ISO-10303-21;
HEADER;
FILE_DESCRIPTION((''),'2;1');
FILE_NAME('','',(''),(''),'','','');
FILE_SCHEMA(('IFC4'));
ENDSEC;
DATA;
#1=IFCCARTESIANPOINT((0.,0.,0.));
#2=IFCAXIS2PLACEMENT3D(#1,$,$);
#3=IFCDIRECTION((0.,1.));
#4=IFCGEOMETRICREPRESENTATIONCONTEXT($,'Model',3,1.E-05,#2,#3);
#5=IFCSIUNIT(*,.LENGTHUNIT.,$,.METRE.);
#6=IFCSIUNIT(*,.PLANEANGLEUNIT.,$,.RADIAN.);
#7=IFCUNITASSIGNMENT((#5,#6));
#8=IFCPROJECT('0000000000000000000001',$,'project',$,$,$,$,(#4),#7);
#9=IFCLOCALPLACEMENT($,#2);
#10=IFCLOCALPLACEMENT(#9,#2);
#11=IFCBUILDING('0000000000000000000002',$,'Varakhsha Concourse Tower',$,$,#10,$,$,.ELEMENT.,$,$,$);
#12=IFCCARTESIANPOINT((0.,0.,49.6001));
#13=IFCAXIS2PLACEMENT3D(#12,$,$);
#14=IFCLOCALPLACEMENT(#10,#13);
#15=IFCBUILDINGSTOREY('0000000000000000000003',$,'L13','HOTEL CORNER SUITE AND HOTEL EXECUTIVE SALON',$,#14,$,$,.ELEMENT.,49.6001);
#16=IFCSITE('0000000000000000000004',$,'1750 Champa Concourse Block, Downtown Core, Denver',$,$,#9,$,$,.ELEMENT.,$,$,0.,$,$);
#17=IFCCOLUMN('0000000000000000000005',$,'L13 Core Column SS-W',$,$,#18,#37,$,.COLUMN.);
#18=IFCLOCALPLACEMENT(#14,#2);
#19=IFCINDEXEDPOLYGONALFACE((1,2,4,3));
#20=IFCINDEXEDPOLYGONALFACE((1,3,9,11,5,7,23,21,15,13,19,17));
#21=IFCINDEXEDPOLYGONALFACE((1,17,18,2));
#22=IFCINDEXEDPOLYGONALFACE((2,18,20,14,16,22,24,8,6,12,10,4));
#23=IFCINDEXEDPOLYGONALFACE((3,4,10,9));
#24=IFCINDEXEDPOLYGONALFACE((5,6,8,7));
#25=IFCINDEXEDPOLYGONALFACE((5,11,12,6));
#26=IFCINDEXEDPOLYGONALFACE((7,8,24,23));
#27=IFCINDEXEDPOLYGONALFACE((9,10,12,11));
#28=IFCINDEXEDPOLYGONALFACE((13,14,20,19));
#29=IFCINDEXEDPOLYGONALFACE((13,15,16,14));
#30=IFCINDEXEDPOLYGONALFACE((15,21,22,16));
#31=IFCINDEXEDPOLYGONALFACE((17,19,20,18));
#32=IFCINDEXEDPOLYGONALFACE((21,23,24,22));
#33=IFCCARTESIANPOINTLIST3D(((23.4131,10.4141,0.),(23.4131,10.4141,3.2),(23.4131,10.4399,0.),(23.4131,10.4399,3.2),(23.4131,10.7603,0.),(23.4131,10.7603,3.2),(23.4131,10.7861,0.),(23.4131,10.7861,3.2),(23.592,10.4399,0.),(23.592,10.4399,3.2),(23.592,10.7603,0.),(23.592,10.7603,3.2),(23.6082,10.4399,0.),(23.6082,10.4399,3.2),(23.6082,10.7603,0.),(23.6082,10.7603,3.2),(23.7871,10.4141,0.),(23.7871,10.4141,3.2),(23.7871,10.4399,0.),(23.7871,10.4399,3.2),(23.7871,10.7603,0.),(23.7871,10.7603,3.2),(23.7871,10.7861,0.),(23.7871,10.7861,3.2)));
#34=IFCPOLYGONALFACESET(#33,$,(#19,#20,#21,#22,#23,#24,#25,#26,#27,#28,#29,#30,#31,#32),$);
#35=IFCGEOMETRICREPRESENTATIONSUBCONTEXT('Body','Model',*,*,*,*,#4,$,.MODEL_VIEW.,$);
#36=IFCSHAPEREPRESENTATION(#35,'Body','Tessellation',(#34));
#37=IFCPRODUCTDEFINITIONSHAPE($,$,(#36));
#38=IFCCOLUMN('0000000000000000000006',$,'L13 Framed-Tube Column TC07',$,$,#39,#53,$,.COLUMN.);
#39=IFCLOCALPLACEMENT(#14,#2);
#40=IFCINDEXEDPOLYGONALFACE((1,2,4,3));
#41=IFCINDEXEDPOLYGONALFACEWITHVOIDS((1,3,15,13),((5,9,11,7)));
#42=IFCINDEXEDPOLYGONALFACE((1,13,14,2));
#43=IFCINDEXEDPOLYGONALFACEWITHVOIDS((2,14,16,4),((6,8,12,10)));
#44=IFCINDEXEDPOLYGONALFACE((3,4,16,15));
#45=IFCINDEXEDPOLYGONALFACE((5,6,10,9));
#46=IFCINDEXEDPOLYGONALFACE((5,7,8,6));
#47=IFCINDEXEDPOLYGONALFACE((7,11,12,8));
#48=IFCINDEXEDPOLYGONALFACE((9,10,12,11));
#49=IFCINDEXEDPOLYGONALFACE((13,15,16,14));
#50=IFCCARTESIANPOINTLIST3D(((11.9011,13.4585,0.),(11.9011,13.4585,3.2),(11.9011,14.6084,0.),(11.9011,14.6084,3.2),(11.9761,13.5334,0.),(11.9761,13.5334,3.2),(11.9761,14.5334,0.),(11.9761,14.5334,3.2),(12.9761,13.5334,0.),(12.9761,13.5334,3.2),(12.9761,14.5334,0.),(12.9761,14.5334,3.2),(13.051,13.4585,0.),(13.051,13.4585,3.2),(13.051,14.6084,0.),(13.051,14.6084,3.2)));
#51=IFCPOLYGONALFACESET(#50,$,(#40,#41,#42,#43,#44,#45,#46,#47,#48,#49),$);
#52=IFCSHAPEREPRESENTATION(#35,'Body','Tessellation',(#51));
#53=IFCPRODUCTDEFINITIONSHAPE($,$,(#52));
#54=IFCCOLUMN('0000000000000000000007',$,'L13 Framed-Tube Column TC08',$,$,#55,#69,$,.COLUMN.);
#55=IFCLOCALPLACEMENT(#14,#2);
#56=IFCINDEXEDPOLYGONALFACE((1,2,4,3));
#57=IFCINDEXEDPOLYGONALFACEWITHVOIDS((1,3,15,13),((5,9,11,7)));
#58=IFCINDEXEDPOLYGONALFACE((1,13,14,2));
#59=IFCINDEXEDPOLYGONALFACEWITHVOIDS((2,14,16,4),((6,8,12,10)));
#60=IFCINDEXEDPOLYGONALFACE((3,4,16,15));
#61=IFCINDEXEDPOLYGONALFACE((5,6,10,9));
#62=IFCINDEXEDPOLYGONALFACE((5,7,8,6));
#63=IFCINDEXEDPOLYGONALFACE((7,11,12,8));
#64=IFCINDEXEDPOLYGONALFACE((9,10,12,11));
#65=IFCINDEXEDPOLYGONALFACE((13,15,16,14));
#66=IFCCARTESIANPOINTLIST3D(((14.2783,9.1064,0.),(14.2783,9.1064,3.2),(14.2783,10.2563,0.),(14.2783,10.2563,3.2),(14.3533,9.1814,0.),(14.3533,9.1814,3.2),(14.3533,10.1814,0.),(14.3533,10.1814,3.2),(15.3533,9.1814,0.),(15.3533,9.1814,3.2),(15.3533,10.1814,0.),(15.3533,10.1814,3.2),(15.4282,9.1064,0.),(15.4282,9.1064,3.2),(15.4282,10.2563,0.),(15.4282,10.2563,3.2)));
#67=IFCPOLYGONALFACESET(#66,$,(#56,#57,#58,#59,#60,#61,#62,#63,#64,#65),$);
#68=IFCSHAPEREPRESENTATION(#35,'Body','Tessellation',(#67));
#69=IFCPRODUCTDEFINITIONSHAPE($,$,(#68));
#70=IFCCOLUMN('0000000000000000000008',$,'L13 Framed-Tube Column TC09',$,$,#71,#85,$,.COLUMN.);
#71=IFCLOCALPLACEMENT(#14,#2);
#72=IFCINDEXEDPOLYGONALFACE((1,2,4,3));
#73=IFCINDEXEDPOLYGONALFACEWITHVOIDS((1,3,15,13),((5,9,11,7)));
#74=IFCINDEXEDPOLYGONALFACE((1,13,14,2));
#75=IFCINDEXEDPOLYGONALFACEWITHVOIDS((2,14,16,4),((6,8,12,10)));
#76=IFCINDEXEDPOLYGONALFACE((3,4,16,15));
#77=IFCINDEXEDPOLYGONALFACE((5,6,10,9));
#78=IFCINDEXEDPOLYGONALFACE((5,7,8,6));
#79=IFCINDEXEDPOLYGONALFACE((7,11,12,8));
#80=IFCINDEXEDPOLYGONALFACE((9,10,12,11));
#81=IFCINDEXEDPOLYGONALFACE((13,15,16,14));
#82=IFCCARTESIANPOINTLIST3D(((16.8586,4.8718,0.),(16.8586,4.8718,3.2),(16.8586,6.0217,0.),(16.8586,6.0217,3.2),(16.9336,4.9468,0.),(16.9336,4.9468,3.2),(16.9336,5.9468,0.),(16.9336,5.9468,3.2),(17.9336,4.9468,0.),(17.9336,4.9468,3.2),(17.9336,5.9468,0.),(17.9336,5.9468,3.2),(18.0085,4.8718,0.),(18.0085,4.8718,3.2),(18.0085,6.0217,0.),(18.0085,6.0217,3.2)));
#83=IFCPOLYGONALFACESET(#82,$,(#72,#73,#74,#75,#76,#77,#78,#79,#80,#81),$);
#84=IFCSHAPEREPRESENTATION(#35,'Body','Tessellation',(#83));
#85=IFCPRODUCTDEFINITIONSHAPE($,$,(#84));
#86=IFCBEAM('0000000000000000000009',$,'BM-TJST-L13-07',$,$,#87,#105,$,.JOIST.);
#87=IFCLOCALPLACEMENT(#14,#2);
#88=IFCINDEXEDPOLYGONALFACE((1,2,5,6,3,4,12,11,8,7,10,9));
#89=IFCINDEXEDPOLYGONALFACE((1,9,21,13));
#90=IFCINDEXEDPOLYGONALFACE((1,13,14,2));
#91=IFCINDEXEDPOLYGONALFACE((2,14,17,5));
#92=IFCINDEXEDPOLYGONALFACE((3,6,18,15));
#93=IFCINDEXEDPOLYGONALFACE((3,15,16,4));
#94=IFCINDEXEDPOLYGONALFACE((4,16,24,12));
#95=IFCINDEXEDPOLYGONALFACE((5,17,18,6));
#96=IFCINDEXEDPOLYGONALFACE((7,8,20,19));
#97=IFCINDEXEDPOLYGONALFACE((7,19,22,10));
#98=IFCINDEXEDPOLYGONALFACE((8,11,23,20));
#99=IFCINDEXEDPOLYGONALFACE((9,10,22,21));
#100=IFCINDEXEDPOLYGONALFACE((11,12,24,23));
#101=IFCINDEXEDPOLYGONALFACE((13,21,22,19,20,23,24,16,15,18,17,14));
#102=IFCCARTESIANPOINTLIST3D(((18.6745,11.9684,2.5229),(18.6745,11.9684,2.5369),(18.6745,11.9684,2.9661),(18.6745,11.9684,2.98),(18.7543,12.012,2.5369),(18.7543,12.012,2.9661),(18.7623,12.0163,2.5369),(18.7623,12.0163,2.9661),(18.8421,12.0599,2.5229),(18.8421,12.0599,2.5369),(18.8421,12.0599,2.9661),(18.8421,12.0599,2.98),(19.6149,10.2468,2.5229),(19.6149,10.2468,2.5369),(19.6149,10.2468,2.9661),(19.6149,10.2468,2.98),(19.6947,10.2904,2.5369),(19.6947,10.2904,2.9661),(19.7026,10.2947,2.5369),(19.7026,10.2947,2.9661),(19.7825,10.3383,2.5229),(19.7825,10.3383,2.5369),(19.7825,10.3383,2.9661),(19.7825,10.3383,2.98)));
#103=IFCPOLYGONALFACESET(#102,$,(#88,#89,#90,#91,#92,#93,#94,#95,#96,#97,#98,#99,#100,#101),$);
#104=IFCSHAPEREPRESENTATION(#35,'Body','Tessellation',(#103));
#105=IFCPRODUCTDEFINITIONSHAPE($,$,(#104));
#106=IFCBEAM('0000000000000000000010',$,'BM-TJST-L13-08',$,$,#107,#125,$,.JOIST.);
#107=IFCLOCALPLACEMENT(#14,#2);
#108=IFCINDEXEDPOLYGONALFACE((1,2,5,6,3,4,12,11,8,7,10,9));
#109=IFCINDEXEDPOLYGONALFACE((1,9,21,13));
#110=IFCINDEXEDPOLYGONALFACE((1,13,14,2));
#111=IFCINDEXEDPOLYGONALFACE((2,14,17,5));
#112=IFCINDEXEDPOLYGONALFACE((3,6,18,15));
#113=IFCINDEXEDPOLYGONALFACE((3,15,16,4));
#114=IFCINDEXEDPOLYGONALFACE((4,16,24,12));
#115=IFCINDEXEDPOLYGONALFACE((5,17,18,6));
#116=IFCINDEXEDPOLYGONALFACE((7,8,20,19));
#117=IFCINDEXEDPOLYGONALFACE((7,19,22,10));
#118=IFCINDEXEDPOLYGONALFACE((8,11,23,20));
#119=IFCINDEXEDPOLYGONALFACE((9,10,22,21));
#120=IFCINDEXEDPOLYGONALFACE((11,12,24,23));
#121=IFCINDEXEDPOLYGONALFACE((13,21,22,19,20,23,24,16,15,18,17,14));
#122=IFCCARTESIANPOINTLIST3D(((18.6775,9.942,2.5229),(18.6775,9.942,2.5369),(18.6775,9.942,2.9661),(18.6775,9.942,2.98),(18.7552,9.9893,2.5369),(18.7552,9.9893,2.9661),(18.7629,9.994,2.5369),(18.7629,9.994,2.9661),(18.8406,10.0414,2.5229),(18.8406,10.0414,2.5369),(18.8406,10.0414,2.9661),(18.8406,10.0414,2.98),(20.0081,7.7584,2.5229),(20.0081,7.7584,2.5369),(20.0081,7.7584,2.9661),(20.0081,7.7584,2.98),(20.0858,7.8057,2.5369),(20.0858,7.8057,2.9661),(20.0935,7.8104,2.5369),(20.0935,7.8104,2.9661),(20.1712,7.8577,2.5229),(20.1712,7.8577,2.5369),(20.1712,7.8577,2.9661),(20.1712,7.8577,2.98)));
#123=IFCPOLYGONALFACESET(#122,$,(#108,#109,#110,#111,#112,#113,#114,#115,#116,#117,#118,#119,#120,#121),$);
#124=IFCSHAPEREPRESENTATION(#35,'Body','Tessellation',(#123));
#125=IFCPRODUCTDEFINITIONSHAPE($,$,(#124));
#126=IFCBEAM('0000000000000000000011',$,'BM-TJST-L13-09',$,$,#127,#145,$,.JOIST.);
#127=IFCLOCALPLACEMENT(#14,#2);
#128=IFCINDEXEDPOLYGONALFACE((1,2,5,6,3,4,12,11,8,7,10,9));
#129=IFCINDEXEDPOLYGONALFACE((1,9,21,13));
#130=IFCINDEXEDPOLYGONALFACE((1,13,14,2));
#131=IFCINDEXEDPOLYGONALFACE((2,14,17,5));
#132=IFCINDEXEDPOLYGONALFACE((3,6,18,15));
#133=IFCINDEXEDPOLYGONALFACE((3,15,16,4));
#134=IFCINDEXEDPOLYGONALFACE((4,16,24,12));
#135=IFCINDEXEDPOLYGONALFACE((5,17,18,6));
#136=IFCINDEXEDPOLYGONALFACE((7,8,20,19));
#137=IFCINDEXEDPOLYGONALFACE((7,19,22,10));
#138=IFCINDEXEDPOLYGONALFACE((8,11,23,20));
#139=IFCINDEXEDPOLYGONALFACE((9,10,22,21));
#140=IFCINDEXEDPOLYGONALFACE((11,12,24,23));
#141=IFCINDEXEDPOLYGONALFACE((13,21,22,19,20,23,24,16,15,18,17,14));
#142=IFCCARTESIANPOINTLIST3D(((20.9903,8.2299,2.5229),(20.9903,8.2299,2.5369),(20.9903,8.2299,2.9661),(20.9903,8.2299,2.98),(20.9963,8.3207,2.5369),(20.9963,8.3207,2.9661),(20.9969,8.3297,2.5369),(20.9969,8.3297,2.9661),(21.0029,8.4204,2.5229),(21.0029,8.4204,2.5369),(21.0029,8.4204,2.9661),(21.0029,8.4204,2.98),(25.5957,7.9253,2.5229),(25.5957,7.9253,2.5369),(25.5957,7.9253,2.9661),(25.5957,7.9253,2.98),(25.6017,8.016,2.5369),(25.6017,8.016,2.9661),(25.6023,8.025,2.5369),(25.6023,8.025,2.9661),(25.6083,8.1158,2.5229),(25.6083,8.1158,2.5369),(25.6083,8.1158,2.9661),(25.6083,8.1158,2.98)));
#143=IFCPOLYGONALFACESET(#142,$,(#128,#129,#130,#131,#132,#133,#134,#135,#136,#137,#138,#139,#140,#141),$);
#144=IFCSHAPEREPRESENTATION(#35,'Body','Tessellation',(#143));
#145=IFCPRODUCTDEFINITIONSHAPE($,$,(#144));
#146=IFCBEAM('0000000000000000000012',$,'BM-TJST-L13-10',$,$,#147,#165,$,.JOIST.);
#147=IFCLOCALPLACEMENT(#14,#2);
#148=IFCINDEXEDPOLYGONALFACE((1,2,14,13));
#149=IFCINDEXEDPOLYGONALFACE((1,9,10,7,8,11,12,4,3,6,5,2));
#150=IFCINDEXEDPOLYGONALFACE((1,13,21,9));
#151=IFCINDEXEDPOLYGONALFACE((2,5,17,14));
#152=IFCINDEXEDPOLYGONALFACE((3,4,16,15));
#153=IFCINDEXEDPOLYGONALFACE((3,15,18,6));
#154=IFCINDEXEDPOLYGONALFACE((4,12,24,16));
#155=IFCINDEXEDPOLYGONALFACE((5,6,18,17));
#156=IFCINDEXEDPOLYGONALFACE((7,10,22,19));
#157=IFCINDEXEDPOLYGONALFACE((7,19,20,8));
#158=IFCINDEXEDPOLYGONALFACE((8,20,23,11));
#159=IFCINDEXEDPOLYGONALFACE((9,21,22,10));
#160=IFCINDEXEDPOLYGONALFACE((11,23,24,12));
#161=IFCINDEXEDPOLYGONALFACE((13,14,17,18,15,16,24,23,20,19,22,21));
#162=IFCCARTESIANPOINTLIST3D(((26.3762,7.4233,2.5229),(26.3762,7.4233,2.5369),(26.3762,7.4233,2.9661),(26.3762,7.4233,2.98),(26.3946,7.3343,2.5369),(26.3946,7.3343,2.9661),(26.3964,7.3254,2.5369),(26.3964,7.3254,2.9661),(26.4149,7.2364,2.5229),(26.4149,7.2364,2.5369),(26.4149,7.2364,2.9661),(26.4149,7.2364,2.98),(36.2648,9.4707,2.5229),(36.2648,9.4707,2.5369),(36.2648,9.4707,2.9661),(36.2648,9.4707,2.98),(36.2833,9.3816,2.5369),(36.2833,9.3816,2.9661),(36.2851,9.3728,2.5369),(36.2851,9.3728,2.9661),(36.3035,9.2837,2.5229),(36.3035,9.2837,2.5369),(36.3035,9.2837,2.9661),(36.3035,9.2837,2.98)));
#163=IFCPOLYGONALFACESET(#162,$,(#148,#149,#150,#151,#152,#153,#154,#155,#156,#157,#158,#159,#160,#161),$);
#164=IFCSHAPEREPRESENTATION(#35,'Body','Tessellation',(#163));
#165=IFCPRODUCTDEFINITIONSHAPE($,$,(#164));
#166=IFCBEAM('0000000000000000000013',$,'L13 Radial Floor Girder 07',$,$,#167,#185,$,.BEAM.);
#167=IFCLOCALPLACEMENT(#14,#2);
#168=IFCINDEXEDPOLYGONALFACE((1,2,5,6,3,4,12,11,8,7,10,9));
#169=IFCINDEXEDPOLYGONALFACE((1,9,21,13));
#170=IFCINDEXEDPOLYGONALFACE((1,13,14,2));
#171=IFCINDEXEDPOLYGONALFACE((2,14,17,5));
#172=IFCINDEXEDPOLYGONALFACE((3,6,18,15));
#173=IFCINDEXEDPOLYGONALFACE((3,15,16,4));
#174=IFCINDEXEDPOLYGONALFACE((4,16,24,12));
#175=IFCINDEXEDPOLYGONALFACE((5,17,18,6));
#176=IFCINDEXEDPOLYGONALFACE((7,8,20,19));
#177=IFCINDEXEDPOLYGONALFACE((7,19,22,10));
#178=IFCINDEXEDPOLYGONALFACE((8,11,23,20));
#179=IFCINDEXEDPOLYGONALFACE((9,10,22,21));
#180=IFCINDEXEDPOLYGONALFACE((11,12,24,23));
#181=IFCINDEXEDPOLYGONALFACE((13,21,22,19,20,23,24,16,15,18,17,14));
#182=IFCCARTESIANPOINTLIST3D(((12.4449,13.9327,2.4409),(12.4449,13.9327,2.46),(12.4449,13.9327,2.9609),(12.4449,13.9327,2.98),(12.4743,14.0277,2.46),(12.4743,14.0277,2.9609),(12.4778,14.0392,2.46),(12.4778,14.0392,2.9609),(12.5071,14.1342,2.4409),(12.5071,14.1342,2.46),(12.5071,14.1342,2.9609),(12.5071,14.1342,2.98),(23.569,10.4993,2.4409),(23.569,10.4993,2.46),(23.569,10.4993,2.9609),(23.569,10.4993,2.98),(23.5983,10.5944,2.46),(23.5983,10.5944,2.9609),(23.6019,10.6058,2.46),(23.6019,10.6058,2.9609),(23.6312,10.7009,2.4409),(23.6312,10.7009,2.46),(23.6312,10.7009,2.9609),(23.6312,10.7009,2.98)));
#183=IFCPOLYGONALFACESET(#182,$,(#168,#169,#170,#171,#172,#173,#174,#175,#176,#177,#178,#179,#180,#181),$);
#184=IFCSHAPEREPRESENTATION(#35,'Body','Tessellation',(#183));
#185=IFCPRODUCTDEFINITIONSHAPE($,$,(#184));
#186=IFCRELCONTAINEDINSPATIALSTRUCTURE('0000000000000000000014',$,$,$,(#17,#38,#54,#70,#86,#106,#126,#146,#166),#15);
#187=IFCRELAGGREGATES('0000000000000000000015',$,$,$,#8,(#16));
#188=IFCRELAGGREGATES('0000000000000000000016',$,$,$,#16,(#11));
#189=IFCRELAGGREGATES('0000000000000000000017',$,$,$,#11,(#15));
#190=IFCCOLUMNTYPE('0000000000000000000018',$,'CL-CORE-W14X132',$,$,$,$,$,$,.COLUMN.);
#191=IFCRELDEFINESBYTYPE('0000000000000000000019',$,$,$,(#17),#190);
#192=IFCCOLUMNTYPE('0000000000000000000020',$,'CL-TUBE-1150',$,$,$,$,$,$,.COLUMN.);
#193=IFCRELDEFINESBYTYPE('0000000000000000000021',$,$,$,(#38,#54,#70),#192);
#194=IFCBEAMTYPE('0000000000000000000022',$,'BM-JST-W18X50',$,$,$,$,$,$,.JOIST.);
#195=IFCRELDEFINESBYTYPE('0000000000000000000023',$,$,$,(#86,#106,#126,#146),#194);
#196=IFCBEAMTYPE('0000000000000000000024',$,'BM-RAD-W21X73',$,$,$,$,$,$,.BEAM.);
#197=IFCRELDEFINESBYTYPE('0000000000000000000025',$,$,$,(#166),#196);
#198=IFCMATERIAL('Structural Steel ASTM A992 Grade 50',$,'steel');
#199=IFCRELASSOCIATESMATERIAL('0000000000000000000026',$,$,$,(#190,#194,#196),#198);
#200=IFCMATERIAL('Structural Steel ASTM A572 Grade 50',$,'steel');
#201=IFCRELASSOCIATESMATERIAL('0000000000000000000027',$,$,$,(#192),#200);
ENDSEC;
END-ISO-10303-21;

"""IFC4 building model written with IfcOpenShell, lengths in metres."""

from ifc_helpers import new_model, si_unit, direction, frame, origin, origin_2d, place, context, subcontext, project, spatial, hollow_rectangle, i_section, extrude, material, material_profile, profile_set, type_object, element, save


model = new_model("IFC4")

# Units and contexts
model_context = context("Model", 3, precision=1e-05, world=origin(), true_north=direction((0.0, 1.0)))
body_context = subcontext(model_context, "Body", "Model", "MODEL_VIEW")
ifc_project = project(units=[si_unit("LENGTHUNIT", "METRE"), si_unit("PLANEANGLEUNIT", "RADIAN")], contexts=[model_context])

# Site, building, storey
site_placement = place(None, origin())
site = spatial("IfcSite", under=ifc_project, at=site_placement, Name="1750 Champa Concourse Block, Downtown Core, Denver", CompositionType="ELEMENT", RefElevation=0.0)
building_placement = place(site_placement, origin())
building = spatial("IfcBuilding", under=site, at=building_placement, Name="Varakhsha Concourse Tower", CompositionType="ELEMENT")
storey_placement = place(building_placement, frame((0.0, 0.0, 49.6001)))
storey = spatial("IfcBuildingStorey", under=building, at=storey_placement, Name="L13", Description="HOTEL CORNER SUITE AND HOTEL EXECUTIVE SALON", CompositionType="ELEMENT", Elevation=49.6001)

# Columns
ifc_material_1 = material(Name="Structural Steel ASTM A992 Grade 50", Category="steel")
ifc_material_profile_1 = material_profile(ifc_material_1, i_section(OverallWidth=0.374, OverallDepth=0.3721, WebThickness=0.0161, FlangeThickness=0.0259, at=origin_2d()), Name="W14X132")
ifc_profile_set_1 = profile_set([ifc_material_profile_1], Name="Structural Steel ASTM A992 Grade 50")
column_type_1 = type_object("IfcColumnType", Name="CL-CORE-W14X132", PredefinedType="COLUMN", material=ifc_profile_set_1)
column_placement = place(storey_placement, frame((23.6001, 10.6001, 0.0), z_axis=(0.0, 0.0, 1.0), x_axis=(1.0, 0.0, 0.0)))
element("IfcColumn", 1, at=column_placement, inside=storey, type_object=column_type_1, Name="L13 Core Column SS-W", PredefinedType="COLUMN", context=body_context, shape_type="SweptSolid", body=[
    extrude(i_section(OverallWidth=0.374, OverallDepth=0.3721, WebThickness=0.0161, FlangeThickness=0.0259, at=origin_2d()), origin(), (0.0, 0.0, 1.0), 3.2),
])
ifc_material_2 = material(Name="Structural Steel ASTM A572 Grade 50", Category="steel")
ifc_material_profile_2 = material_profile(ifc_material_2, hollow_rectangle(XDim=1.1499, YDim=1.1499, WallThickness=0.075, at=origin_2d()), Name="BOX 1150x1150x75")
ifc_profile_set_2 = profile_set([ifc_material_profile_2], Name="Structural Steel ASTM A572 Grade 50")
column_type_2 = type_object("IfcColumnType", Name="CL-TUBE-1150", PredefinedType="COLUMN", material=ifc_profile_set_2)
for number, where, z_axis, x_axis, name in (
    (2, (12.4761, 14.0334, 0.0), (0.0, 0.0, 1.0), (1.0, 0.0, 0.0), "L13 Framed-Tube Column TC07"),
    (3, (14.8533, 9.6814, 0.0), (0.0, 0.0, 1.0), (1.0, 0.0, 0.0), "L13 Framed-Tube Column TC08"),
    (4, (17.4336, 5.4468, 0.0), (0.0, 0.0, 1.0), (1.0, 0.0, 0.0), "L13 Framed-Tube Column TC09"),
):
    element("IfcColumn", number, at=place(storey_placement, frame(where, z_axis=z_axis, x_axis=x_axis)), inside=storey, type_object=column_type_2, Name=name, PredefinedType="COLUMN", context=body_context, shape_type="SweptSolid", body=[
        extrude(hollow_rectangle(XDim=1.1499, YDim=1.1499, WallThickness=0.075, at=origin_2d()), origin(), (0.0, 0.0, 1.0), 3.2),
    ])

# Beams
ifc_material_profile_3 = material_profile(ifc_material_1, i_section(OverallWidth=0.1909, OverallDepth=0.457, WebThickness=0.009, FlangeThickness=0.0139, at=origin_2d()), Name="W18X50")
ifc_profile_set_3 = profile_set([ifc_material_profile_3], Name="Structural Steel ASTM A992 Grade 50")
beam_type_1 = type_object("IfcBeamType", Name="BM-JST-W18X50", PredefinedType="JOIST", material=ifc_profile_set_3)
beam_1_placement = place(storey_placement, frame((18.7583, 12.0142, 2.7515), z_axis=(0.479375, -0.87761, 0.0), x_axis=(0.87761, 0.479375, 0.0)))
element("IfcBeam", 5, at=beam_1_placement, inside=storey, type_object=beam_type_1, Name="BM-TJST-L13-07", PredefinedType="JOIST", context=body_context, shape_type="SweptSolid", body=[
    extrude(i_section(OverallWidth=0.1909, OverallDepth=0.457, WebThickness=0.009, FlangeThickness=0.0139, at=origin_2d()), origin(), (0.0, 0.0, 1.0), 1.9617),
])
beam_2_placement = place(storey_placement, frame((18.759, 9.9917, 2.7515), z_axis=(0.520353, -0.853951, 0.0), x_axis=(0.853951, 0.520353, 0.0)))
element("IfcBeam", 6, at=beam_2_placement, inside=storey, type_object=beam_type_1, Name="BM-TJST-L13-08", PredefinedType="JOIST", context=body_context, shape_type="SweptSolid", body=[
    extrude(i_section(OverallWidth=0.1909, OverallDepth=0.457, WebThickness=0.009, FlangeThickness=0.0139, at=origin_2d()), origin(), (0.0, 0.0, 1.0), 2.5571),
])
beam_3_placement = place(storey_placement, frame((20.9966, 8.3252, 2.7515), z_axis=(0.997819, -0.066013, 0.0), x_axis=(0.066013, 0.997819, 0.0)))
element("IfcBeam", 7, at=beam_3_placement, inside=storey, type_object=beam_type_1, Name="BM-TJST-L13-09", PredefinedType="JOIST", context=body_context, shape_type="SweptSolid", body=[
    extrude(i_section(OverallWidth=0.1909, OverallDepth=0.457, WebThickness=0.009, FlangeThickness=0.0139, at=origin_2d()), origin(), (0.0, 0.0, 1.0), 4.6155),
])
beam_4_placement = place(storey_placement, frame((26.3955, 7.3298, 2.7515), z_axis=(0.979232, 0.202742, 0.0), x_axis=(-0.202742, 0.979232, 0.0)))
element("IfcBeam", 8, at=beam_4_placement, inside=storey, type_object=beam_type_1, Name="BM-TJST-L13-10", PredefinedType="JOIST", context=body_context, shape_type="SweptSolid", body=[
    extrude(i_section(OverallWidth=0.1909, OverallDepth=0.457, WebThickness=0.009, FlangeThickness=0.0139, at=origin_2d()), origin(), (0.0, 0.0, 1.0), 10.0984),
])
ifc_material_profile_4 = material_profile(ifc_material_1, i_section(OverallWidth=0.2109, OverallDepth=0.5391, WebThickness=0.012, FlangeThickness=0.019, at=origin_2d()), Name="W21X73")
ifc_profile_set_4 = profile_set([ifc_material_profile_4], Name="Structural Steel ASTM A992 Grade 50")
beam_type_2 = type_object("IfcBeamType", Name="BM-RAD-W21X73", PredefinedType="BEAM", material=ifc_profile_set_4)
beam_5_placement = place(storey_placement, frame((23.6001, 10.6001, 2.7104), z_axis=(-0.955523, 0.294915, 0.0), x_axis=(-0.294915, -0.955523, 0.0)))
element("IfcBeam", 9, at=beam_5_placement, inside=storey, type_object=beam_type_2, Name="L13 Radial Floor Girder 07", PredefinedType="BEAM", context=body_context, shape_type="SweptSolid", body=[
    extrude(i_section(OverallWidth=0.2109, OverallDepth=0.5391, WebThickness=0.012, FlangeThickness=0.019, at=origin_2d()), origin(), (0.0, 0.0, 1.0), 11.6418),
])

save(model, "model.ifc")
